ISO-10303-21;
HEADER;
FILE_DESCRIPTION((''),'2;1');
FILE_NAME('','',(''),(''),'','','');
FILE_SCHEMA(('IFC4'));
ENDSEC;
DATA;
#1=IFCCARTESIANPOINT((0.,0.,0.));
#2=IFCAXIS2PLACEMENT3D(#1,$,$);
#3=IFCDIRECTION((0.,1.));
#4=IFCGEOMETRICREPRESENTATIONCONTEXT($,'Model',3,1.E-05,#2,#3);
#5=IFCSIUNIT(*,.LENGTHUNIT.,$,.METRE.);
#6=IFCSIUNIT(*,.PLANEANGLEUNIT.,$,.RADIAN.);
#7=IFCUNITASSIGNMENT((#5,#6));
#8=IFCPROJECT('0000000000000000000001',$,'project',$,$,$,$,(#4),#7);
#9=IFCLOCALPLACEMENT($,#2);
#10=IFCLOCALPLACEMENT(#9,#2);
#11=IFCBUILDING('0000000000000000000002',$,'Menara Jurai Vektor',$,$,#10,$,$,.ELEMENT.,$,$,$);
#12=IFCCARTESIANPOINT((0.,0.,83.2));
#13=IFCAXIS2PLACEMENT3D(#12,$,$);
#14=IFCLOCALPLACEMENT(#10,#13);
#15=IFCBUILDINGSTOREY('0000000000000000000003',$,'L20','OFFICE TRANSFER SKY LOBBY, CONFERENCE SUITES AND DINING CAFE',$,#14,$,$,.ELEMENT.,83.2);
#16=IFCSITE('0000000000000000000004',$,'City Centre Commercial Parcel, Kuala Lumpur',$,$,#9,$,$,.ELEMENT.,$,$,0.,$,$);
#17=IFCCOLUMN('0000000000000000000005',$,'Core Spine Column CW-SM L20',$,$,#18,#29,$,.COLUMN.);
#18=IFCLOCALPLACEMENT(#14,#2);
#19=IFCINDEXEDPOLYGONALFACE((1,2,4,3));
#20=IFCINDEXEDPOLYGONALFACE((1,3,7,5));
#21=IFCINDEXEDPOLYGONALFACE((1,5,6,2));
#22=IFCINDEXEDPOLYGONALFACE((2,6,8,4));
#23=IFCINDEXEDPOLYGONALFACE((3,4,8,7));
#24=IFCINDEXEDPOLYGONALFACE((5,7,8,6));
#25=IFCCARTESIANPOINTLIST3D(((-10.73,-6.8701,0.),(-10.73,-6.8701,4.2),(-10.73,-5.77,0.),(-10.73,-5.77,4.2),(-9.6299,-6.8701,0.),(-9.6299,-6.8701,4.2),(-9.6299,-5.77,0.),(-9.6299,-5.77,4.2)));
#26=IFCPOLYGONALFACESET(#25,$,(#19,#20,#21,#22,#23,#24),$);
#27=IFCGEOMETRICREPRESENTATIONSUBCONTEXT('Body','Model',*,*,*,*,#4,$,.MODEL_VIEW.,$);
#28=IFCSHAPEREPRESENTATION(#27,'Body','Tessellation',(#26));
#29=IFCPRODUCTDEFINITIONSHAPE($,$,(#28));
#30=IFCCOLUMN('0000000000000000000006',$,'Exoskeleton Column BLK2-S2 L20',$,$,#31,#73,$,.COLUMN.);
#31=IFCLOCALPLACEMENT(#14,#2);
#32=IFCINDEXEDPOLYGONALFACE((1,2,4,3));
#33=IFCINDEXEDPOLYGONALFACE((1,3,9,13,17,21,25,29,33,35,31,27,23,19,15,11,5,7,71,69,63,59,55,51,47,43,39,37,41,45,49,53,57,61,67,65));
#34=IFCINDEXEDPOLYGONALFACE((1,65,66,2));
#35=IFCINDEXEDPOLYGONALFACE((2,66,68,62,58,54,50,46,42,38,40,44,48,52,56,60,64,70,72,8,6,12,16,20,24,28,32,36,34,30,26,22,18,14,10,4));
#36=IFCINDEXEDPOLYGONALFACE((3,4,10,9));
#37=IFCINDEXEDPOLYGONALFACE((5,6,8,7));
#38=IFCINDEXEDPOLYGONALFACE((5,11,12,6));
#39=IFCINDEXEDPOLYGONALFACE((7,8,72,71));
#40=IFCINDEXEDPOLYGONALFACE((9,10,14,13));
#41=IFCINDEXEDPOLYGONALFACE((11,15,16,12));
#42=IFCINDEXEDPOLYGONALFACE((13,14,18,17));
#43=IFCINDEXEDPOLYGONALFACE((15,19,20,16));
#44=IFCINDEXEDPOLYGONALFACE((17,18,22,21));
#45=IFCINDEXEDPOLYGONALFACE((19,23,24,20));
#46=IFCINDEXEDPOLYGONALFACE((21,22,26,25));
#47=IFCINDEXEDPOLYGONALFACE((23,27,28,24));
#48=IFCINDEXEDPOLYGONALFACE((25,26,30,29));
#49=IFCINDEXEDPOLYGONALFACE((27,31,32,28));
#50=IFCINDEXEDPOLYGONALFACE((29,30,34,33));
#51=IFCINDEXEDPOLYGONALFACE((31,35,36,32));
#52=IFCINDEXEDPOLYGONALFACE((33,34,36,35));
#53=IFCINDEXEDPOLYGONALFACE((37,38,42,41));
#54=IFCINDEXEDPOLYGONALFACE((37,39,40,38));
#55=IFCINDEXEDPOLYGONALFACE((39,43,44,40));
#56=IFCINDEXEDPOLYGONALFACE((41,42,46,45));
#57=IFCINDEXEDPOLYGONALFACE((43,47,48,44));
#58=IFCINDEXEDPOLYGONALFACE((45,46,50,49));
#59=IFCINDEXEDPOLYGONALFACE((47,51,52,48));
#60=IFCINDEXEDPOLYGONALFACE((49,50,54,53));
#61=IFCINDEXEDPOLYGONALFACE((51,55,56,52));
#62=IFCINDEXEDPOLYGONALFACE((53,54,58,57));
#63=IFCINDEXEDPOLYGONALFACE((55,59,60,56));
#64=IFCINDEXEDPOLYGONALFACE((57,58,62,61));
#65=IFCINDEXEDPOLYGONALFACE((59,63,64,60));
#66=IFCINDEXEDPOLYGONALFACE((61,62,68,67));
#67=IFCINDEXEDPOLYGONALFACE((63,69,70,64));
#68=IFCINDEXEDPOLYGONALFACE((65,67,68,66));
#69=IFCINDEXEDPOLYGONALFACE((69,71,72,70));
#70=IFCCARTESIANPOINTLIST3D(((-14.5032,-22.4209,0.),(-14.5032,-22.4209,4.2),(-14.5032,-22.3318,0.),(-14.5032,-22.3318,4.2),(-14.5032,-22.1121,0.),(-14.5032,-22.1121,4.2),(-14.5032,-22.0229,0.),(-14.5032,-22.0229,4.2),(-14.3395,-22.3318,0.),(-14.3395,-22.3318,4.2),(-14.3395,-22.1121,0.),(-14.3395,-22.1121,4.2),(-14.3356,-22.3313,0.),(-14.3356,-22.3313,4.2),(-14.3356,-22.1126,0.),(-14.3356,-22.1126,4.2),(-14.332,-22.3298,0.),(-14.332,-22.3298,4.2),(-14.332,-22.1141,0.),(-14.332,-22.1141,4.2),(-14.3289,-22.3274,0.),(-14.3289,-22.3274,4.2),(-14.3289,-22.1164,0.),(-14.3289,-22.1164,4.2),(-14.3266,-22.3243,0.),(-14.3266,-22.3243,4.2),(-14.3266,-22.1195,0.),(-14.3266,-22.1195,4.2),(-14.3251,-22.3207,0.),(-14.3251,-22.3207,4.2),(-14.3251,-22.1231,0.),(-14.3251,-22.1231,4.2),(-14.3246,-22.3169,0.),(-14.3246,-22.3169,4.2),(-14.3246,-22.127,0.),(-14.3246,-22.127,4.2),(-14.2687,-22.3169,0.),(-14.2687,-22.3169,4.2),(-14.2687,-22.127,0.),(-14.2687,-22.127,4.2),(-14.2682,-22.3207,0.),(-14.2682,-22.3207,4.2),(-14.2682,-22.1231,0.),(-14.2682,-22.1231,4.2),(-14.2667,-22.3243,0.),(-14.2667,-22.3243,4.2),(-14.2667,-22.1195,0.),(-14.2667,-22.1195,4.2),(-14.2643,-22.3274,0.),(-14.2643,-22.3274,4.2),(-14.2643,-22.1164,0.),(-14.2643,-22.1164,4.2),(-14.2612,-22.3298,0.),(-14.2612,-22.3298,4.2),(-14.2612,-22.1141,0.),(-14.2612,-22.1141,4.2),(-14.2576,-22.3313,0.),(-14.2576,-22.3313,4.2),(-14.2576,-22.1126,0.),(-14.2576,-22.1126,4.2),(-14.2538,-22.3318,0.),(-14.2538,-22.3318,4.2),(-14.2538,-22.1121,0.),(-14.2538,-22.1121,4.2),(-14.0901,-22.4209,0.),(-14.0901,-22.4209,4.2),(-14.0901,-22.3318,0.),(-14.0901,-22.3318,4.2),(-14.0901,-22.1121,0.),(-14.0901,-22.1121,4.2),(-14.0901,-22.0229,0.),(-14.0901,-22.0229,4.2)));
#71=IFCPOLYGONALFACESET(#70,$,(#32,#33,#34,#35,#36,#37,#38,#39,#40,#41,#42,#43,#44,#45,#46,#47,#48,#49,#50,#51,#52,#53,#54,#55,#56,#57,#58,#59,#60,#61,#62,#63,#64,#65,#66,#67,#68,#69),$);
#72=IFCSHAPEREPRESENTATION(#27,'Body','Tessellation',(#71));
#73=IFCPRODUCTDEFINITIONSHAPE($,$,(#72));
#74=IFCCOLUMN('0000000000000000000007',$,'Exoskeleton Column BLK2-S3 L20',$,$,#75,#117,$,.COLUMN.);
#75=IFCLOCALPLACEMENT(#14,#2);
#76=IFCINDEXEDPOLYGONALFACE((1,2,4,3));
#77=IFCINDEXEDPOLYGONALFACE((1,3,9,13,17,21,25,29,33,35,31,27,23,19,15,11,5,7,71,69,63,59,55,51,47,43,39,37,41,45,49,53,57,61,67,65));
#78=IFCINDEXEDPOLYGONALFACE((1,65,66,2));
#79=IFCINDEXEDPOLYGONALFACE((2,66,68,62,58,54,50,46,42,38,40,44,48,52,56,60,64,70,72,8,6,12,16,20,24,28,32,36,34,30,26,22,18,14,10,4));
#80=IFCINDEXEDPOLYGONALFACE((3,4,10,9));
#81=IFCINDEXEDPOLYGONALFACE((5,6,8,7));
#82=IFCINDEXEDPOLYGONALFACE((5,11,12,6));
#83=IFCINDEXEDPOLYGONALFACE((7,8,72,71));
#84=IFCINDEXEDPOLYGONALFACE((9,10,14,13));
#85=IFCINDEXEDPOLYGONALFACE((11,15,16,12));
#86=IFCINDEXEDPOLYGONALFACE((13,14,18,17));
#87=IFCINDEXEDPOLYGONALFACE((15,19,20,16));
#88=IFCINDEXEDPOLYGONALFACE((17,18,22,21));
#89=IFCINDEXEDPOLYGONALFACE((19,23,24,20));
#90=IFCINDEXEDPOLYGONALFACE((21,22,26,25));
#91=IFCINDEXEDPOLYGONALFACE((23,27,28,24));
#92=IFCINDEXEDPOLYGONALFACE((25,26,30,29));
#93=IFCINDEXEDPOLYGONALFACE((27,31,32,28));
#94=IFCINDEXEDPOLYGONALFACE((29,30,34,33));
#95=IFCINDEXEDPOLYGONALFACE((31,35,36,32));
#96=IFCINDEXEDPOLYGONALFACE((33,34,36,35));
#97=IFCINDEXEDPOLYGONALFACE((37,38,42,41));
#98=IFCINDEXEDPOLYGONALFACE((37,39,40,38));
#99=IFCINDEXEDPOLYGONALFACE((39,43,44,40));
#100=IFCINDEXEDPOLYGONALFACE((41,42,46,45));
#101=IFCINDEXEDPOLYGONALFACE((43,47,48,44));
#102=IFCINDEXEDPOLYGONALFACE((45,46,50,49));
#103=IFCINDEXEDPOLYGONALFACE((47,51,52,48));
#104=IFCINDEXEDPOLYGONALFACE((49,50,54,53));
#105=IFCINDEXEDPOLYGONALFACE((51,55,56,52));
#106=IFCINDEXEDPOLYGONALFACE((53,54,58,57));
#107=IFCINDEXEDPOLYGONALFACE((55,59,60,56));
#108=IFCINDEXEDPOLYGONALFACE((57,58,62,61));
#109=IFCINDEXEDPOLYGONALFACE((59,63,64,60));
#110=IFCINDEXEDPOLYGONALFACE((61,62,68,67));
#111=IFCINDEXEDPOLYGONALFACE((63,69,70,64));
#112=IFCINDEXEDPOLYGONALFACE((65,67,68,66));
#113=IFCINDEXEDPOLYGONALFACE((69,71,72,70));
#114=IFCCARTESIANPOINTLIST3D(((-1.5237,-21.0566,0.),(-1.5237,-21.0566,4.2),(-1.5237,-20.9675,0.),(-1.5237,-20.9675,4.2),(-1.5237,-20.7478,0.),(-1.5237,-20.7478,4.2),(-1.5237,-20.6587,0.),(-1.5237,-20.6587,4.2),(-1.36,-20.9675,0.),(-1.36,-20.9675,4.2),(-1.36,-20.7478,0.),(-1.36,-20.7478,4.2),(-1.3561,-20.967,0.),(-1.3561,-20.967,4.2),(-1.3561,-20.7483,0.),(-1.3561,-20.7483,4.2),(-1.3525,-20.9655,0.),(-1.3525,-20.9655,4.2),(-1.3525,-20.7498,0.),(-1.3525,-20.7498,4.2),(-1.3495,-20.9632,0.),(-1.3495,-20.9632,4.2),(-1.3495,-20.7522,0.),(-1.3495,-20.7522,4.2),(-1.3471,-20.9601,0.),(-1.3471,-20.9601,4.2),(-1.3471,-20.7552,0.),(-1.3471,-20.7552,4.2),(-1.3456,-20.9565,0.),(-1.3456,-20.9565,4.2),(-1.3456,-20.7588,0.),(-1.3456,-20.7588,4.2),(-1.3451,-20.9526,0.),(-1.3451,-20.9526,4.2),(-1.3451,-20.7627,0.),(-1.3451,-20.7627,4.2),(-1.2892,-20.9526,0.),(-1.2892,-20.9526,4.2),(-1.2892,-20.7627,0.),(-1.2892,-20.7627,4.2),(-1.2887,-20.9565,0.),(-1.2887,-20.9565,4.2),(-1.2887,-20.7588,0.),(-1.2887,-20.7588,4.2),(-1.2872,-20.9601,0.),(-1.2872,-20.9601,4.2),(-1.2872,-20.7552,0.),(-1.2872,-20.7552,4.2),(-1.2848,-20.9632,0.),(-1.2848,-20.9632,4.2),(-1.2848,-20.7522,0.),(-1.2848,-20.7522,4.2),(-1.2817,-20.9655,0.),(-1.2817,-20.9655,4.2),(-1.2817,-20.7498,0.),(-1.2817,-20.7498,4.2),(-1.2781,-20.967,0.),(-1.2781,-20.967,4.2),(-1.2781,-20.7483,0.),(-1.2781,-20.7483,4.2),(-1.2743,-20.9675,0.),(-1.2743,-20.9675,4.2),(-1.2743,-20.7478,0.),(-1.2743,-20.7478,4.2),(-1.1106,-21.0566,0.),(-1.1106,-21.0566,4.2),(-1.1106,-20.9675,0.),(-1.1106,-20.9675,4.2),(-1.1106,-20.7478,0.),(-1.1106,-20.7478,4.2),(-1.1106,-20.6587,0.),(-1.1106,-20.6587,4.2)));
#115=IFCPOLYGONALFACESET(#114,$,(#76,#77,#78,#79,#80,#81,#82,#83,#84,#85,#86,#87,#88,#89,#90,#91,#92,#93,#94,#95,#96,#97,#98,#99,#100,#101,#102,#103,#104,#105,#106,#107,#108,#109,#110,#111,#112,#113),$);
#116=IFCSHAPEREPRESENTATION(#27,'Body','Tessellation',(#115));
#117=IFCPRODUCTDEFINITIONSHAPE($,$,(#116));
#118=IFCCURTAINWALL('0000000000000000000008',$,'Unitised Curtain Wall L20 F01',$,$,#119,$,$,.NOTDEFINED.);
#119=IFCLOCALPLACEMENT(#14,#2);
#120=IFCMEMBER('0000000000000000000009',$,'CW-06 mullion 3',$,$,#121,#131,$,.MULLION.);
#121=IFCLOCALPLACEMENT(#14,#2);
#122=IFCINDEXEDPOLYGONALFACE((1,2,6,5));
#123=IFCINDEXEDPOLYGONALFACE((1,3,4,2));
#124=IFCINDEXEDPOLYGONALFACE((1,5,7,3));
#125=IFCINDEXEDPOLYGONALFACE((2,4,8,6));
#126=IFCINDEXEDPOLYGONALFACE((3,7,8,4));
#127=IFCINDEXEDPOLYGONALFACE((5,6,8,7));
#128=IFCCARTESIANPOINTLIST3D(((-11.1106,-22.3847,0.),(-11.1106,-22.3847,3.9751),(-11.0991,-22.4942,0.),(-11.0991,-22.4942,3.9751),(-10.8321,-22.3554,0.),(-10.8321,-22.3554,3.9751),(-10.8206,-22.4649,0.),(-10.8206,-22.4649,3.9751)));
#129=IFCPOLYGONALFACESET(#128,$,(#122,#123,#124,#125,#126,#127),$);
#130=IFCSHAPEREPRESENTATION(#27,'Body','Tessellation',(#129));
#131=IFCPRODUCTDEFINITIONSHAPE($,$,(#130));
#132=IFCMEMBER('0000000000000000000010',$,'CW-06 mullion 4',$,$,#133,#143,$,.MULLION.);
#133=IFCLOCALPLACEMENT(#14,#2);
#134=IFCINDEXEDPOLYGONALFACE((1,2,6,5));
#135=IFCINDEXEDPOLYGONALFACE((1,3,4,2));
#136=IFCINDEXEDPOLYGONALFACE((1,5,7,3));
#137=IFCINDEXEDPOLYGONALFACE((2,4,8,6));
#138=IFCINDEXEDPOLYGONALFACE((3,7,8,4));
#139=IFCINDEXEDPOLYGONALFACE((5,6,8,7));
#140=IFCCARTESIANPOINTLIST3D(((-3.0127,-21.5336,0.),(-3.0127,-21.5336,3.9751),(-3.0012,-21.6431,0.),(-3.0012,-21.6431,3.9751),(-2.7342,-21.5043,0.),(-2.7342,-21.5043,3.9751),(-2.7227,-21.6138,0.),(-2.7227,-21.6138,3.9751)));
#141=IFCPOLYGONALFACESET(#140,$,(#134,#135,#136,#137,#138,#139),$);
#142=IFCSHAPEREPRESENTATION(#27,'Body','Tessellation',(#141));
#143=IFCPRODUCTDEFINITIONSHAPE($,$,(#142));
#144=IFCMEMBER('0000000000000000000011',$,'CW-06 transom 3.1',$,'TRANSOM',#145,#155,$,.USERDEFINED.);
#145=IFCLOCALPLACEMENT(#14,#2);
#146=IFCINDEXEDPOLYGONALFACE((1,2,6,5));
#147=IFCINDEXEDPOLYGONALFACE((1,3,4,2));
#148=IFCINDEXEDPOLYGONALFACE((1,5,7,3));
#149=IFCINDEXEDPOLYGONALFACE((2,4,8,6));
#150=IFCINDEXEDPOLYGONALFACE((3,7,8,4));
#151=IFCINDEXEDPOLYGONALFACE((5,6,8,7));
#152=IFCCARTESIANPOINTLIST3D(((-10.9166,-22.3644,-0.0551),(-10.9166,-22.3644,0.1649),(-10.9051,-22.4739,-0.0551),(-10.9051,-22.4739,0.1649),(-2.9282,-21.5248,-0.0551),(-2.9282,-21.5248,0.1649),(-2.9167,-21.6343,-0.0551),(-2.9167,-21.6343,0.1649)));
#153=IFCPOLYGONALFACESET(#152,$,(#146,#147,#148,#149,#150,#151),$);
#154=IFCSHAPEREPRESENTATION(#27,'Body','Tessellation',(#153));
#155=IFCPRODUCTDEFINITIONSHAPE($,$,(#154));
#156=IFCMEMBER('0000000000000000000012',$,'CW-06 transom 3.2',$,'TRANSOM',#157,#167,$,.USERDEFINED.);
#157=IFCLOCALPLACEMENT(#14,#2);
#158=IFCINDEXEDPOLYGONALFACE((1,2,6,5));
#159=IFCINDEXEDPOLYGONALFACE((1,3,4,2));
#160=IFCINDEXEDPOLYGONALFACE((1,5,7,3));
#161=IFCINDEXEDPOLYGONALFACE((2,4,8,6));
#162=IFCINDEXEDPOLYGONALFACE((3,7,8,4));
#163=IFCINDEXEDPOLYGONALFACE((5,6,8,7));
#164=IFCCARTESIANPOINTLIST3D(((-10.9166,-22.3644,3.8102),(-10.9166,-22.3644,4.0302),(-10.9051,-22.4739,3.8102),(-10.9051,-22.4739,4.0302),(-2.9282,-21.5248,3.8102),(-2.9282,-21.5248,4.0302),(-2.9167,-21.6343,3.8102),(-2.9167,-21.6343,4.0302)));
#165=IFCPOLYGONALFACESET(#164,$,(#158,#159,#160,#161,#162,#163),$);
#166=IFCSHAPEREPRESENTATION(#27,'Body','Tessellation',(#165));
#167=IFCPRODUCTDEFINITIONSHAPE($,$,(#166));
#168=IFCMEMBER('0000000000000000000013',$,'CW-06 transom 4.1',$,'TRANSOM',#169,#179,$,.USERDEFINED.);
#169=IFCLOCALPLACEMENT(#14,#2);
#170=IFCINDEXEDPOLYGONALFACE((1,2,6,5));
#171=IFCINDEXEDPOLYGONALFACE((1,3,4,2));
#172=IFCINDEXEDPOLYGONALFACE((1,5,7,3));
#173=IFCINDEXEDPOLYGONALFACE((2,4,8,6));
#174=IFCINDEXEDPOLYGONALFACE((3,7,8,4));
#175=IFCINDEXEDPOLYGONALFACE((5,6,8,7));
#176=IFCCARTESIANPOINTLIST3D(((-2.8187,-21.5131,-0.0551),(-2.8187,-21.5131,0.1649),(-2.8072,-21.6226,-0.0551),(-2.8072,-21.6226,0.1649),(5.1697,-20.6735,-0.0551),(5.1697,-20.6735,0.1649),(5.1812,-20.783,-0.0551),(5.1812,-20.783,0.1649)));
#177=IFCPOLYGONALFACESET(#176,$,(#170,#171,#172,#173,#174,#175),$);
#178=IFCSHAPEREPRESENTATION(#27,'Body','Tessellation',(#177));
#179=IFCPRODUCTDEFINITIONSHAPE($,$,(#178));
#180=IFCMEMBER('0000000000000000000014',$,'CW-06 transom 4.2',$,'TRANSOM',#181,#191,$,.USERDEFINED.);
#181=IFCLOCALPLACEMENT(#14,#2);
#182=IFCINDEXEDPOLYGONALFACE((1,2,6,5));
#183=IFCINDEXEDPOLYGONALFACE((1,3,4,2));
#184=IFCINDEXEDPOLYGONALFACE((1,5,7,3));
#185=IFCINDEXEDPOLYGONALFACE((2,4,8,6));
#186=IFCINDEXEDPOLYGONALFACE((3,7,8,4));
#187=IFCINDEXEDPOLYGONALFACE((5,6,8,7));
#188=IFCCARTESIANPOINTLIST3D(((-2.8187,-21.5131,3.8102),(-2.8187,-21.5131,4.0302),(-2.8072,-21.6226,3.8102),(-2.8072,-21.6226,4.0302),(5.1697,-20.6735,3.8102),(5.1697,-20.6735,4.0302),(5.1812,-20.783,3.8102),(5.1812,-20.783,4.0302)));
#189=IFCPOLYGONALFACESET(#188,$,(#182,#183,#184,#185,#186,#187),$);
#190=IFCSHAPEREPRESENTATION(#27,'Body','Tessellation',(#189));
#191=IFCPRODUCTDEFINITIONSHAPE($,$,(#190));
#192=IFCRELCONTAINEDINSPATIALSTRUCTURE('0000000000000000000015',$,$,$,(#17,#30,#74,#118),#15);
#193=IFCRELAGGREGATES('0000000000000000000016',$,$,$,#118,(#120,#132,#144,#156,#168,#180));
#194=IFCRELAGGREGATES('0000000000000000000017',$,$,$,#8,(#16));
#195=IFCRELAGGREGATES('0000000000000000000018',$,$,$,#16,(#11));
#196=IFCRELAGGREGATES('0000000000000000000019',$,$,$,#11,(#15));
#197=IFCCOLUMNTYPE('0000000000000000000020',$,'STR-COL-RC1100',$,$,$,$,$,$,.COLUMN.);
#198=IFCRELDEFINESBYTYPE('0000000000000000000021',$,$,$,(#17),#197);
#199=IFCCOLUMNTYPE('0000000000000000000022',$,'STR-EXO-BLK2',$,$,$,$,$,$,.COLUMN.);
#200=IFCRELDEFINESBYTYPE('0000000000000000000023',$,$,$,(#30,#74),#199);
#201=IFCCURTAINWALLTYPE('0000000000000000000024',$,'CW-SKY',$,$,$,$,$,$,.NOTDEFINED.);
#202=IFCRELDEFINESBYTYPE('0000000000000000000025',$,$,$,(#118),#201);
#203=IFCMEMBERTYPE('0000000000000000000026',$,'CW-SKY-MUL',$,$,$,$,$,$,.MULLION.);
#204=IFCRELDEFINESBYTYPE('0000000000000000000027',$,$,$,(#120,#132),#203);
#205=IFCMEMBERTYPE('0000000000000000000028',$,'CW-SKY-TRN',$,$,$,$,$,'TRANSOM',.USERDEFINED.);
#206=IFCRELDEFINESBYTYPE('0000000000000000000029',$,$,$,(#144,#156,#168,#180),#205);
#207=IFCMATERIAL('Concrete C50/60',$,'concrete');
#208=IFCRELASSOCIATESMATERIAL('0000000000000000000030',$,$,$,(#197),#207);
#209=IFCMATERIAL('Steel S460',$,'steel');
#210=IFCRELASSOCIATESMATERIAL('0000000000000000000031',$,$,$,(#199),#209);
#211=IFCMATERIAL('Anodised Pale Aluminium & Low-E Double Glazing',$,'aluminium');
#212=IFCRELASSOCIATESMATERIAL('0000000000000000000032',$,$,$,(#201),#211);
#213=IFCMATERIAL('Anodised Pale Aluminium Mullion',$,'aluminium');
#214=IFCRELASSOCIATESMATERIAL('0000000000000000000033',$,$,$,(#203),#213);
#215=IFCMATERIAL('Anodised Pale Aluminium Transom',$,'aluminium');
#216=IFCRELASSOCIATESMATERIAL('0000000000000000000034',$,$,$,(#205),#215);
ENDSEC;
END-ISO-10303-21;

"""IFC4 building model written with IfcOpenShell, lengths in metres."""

from ifc_helpers import new_model, si_unit, direction, frame, origin, origin_2d, place, context, subcontext, project, spatial, rectangle, i_section, extrude, material, material_profile, profile_set, type_object, element, aggregate, save


model = new_model("IFC4")

# Units and contexts
model_context = context("Model", 3, precision=1e-05, world=origin(), true_north=direction((0.0, 1.0)))
body_context = subcontext(model_context, "Body", "Model", "MODEL_VIEW")
ifc_project = project(units=[si_unit("LENGTHUNIT", "METRE"), si_unit("PLANEANGLEUNIT", "RADIAN")], contexts=[model_context])

# Site, building, storey
site_placement = place(None, origin())
site = spatial("IfcSite", under=ifc_project, at=site_placement, Name="City Centre Commercial Parcel, Kuala Lumpur", CompositionType="ELEMENT", RefElevation=0.0)
building_placement = place(site_placement, origin())
building = spatial("IfcBuilding", under=site, at=building_placement, Name="Menara Jurai Vektor", CompositionType="ELEMENT")
storey_placement = place(building_placement, frame((0.0, 0.0, 83.2)))
storey = spatial("IfcBuildingStorey", under=building, at=storey_placement, Name="L20", Description="OFFICE TRANSFER SKY LOBBY, CONFERENCE SUITES AND DINING CAFE", CompositionType="ELEMENT", Elevation=83.2)

# Columns
ifc_material_1 = material(Name="Concrete C50/60", Category="concrete")
ifc_material_profile_1 = material_profile(ifc_material_1, rectangle(XDim=1.1001, YDim=1.1001, at=origin_2d()), Name="RC 1100x1100")
ifc_profile_set_1 = profile_set([ifc_material_profile_1], Name="Concrete C50/60")
column_type_1 = type_object("IfcColumnType", Name="STR-COL-RC1100", PredefinedType="COLUMN", material=ifc_profile_set_1)
column_placement = place(storey_placement, frame((-10.1799, -6.3201, 0.0), z_axis=(0.0, 0.0, 1.0), x_axis=(1.0, 0.0, 0.0)))
element("IfcColumn", 1, at=column_placement, inside=storey, type_object=column_type_1, Name="Core Spine Column CW-SM L20", PredefinedType="COLUMN", context=body_context, shape_type="SweptSolid", body=[
    extrude(rectangle(XDim=1.1001, YDim=1.1001, at=origin_2d()), origin(), (0.0, 0.0, 1.0), 4.2),
])
ifc_material_2 = material(Name="Steel S460", Category="steel")
ifc_material_profile_2 = material_profile(ifc_material_2, i_section(OverallWidth=0.4131, OverallDepth=0.3979, WebThickness=0.0559, FlangeThickness=0.0891, FilletRadius=0.0149, at=origin_2d()), Name="HD 400x744")
ifc_profile_set_2 = profile_set([ifc_material_profile_2], Name="Steel S460")
column_type_2 = type_object("IfcColumnType", Name="STR-EXO-BLK2", PredefinedType="COLUMN", material=ifc_profile_set_2)
for number, where, z_axis, x_axis, name in (
    (2, (-14.2966, -22.2219, 0.0), (0.0, 0.0, 1.0), (1.0, 0.0, 0.0), "Exoskeleton Column BLK2-S2 L20"),
    (3, (-1.3171, -20.8577, 0.0), (0.0, 0.0, 1.0), (1.0, 0.0, 0.0), "Exoskeleton Column BLK2-S3 L20"),
):
    element("IfcColumn", number, at=place(storey_placement, frame(where, z_axis=z_axis, x_axis=x_axis)), inside=storey, type_object=column_type_2, Name=name, PredefinedType="COLUMN", context=body_context, shape_type="SweptSolid", body=[
        extrude(i_section(OverallWidth=0.4131, OverallDepth=0.3979, WebThickness=0.0559, FlangeThickness=0.0891, FilletRadius=0.0149, at=origin_2d()), origin(), (0.0, 0.0, 1.0), 4.2),
    ])

# Curtain wall, members
ifc_material_3 = material(Name="Anodised Pale Aluminium & Low-E Double Glazing", Category="aluminium")
curtain_wall_type = type_object("IfcCurtainWallType", Name="CW-SKY", PredefinedType="NOTDEFINED", material=ifc_material_3)
curtain_wall_placement = place(storey_placement, origin())
curtain_wall = element("IfcCurtainWall", 4, at=curtain_wall_placement, inside=storey, type_object=curtain_wall_type, Name="Unitised Curtain Wall L20 F01", PredefinedType="NOTDEFINED")
ifc_material_4 = material(Name="Anodised Pale Aluminium Mullion", Category="aluminium")
ifc_material_profile_3 = material_profile(ifc_material_4, rectangle(XDim=0.1101, YDim=0.28, at=origin_2d()), Name="ALU MUL 110x280")
ifc_profile_set_3 = profile_set([ifc_material_profile_3], Name="Anodised Pale Aluminium Mullion")
member_type_1 = type_object("IfcMemberType", Name="CW-SKY-MUL", PredefinedType="MULLION", material=ifc_profile_set_3)
member_1_placement = place(storey_placement, frame((-10.9656, -22.4248, 0.0), z_axis=(0.0, 0.0, 1.0), x_axis=(-0.104529, 0.994522, 0.0)))
member_1 = element("IfcMember", 5, at=member_1_placement, type_object=member_type_1, Name="CW-06 mullion 3", PredefinedType="MULLION", context=body_context, shape_type="SweptSolid", body=[
    extrude(rectangle(XDim=0.1101, YDim=0.28, at=origin_2d()), origin(), (0.0, 0.0, 1.0), 3.9751),
])
member_2_placement = place(storey_placement, frame((-2.8677, -21.5737, 0.0), z_axis=(0.0, 0.0, 1.0), x_axis=(-0.104529, 0.994522, 0.0)))
member_2 = element("IfcMember", 6, at=member_2_placement, type_object=member_type_1, Name="CW-06 mullion 4", PredefinedType="MULLION", context=body_context, shape_type="SweptSolid", body=[
    extrude(rectangle(XDim=0.1101, YDim=0.28, at=origin_2d()), origin(), (0.0, 0.0, 1.0), 3.9751),
])
ifc_material_5 = material(Name="Anodised Pale Aluminium Transom", Category="aluminium")
ifc_material_profile_4 = material_profile(ifc_material_5, rectangle(XDim=0.1101, YDim=0.22, at=origin_2d()), Name="ALU TRN 110x220")
ifc_profile_set_4 = profile_set([ifc_material_profile_4], Name="Anodised Pale Aluminium Transom")
member_type_2 = type_object("IfcMemberType", Name="CW-SKY-TRN", ElementType="TRANSOM", PredefinedType="USERDEFINED", material=ifc_profile_set_4)
member_3_placement = place(storey_placement, frame((-10.9109, -22.4192, 0.0549), z_axis=(0.994522, 0.104525, 0.0), x_axis=(-0.104525, 0.994522, 0.0)))
member_3 = element("IfcMember", 7, at=member_3_placement, type_object=member_type_2, Name="CW-06 transom 3.1", ObjectType="TRANSOM", PredefinedType="USERDEFINED", context=body_context, shape_type="SweptSolid", body=[
    extrude(rectangle(XDim=0.1101, YDim=0.22, at=origin_2d()), origin(), (0.0, 0.0, 1.0), 8.0325),
])
member_4_placement = place(storey_placement, frame((-10.9109, -22.4192, 3.9202), z_axis=(0.994522, 0.104525, 0.0), x_axis=(-0.104525, 0.994522, 0.0)))
member_4 = element("IfcMember", 8, at=member_4_placement, type_object=member_type_2, Name="CW-06 transom 3.2", ObjectType="TRANSOM", PredefinedType="USERDEFINED", context=body_context, shape_type="SweptSolid", body=[
    extrude(rectangle(XDim=0.1101, YDim=0.22, at=origin_2d()), origin(), (0.0, 0.0, 1.0), 8.0325),
])
member_5_placement = place(storey_placement, frame((-2.813, -21.5679, 0.0549), z_axis=(0.994522, 0.104525, 0.0), x_axis=(-0.104525, 0.994522, 0.0)))
member_5 = element("IfcMember", 9, at=member_5_placement, type_object=member_type_2, Name="CW-06 transom 4.1", ObjectType="TRANSOM", PredefinedType="USERDEFINED", context=body_context, shape_type="SweptSolid", body=[
    extrude(rectangle(XDim=0.1101, YDim=0.22, at=origin_2d()), origin(), (0.0, 0.0, 1.0), 8.0325),
])
member_6_placement = place(storey_placement, frame((-2.813, -21.5679, 3.9202), z_axis=(0.994522, 0.104525, 0.0), x_axis=(-0.104525, 0.994522, 0.0)))
member_6 = element("IfcMember", 10, at=member_6_placement, type_object=member_type_2, Name="CW-06 transom 4.2", ObjectType="TRANSOM", PredefinedType="USERDEFINED", context=body_context, shape_type="SweptSolid", body=[
    extrude(rectangle(XDim=0.1101, YDim=0.22, at=origin_2d()), origin(), (0.0, 0.0, 1.0), 8.0325),
])

aggregate(curtain_wall, [member_1, member_2, member_3, member_4, member_5, member_6])

save(model, "model.ifc")
